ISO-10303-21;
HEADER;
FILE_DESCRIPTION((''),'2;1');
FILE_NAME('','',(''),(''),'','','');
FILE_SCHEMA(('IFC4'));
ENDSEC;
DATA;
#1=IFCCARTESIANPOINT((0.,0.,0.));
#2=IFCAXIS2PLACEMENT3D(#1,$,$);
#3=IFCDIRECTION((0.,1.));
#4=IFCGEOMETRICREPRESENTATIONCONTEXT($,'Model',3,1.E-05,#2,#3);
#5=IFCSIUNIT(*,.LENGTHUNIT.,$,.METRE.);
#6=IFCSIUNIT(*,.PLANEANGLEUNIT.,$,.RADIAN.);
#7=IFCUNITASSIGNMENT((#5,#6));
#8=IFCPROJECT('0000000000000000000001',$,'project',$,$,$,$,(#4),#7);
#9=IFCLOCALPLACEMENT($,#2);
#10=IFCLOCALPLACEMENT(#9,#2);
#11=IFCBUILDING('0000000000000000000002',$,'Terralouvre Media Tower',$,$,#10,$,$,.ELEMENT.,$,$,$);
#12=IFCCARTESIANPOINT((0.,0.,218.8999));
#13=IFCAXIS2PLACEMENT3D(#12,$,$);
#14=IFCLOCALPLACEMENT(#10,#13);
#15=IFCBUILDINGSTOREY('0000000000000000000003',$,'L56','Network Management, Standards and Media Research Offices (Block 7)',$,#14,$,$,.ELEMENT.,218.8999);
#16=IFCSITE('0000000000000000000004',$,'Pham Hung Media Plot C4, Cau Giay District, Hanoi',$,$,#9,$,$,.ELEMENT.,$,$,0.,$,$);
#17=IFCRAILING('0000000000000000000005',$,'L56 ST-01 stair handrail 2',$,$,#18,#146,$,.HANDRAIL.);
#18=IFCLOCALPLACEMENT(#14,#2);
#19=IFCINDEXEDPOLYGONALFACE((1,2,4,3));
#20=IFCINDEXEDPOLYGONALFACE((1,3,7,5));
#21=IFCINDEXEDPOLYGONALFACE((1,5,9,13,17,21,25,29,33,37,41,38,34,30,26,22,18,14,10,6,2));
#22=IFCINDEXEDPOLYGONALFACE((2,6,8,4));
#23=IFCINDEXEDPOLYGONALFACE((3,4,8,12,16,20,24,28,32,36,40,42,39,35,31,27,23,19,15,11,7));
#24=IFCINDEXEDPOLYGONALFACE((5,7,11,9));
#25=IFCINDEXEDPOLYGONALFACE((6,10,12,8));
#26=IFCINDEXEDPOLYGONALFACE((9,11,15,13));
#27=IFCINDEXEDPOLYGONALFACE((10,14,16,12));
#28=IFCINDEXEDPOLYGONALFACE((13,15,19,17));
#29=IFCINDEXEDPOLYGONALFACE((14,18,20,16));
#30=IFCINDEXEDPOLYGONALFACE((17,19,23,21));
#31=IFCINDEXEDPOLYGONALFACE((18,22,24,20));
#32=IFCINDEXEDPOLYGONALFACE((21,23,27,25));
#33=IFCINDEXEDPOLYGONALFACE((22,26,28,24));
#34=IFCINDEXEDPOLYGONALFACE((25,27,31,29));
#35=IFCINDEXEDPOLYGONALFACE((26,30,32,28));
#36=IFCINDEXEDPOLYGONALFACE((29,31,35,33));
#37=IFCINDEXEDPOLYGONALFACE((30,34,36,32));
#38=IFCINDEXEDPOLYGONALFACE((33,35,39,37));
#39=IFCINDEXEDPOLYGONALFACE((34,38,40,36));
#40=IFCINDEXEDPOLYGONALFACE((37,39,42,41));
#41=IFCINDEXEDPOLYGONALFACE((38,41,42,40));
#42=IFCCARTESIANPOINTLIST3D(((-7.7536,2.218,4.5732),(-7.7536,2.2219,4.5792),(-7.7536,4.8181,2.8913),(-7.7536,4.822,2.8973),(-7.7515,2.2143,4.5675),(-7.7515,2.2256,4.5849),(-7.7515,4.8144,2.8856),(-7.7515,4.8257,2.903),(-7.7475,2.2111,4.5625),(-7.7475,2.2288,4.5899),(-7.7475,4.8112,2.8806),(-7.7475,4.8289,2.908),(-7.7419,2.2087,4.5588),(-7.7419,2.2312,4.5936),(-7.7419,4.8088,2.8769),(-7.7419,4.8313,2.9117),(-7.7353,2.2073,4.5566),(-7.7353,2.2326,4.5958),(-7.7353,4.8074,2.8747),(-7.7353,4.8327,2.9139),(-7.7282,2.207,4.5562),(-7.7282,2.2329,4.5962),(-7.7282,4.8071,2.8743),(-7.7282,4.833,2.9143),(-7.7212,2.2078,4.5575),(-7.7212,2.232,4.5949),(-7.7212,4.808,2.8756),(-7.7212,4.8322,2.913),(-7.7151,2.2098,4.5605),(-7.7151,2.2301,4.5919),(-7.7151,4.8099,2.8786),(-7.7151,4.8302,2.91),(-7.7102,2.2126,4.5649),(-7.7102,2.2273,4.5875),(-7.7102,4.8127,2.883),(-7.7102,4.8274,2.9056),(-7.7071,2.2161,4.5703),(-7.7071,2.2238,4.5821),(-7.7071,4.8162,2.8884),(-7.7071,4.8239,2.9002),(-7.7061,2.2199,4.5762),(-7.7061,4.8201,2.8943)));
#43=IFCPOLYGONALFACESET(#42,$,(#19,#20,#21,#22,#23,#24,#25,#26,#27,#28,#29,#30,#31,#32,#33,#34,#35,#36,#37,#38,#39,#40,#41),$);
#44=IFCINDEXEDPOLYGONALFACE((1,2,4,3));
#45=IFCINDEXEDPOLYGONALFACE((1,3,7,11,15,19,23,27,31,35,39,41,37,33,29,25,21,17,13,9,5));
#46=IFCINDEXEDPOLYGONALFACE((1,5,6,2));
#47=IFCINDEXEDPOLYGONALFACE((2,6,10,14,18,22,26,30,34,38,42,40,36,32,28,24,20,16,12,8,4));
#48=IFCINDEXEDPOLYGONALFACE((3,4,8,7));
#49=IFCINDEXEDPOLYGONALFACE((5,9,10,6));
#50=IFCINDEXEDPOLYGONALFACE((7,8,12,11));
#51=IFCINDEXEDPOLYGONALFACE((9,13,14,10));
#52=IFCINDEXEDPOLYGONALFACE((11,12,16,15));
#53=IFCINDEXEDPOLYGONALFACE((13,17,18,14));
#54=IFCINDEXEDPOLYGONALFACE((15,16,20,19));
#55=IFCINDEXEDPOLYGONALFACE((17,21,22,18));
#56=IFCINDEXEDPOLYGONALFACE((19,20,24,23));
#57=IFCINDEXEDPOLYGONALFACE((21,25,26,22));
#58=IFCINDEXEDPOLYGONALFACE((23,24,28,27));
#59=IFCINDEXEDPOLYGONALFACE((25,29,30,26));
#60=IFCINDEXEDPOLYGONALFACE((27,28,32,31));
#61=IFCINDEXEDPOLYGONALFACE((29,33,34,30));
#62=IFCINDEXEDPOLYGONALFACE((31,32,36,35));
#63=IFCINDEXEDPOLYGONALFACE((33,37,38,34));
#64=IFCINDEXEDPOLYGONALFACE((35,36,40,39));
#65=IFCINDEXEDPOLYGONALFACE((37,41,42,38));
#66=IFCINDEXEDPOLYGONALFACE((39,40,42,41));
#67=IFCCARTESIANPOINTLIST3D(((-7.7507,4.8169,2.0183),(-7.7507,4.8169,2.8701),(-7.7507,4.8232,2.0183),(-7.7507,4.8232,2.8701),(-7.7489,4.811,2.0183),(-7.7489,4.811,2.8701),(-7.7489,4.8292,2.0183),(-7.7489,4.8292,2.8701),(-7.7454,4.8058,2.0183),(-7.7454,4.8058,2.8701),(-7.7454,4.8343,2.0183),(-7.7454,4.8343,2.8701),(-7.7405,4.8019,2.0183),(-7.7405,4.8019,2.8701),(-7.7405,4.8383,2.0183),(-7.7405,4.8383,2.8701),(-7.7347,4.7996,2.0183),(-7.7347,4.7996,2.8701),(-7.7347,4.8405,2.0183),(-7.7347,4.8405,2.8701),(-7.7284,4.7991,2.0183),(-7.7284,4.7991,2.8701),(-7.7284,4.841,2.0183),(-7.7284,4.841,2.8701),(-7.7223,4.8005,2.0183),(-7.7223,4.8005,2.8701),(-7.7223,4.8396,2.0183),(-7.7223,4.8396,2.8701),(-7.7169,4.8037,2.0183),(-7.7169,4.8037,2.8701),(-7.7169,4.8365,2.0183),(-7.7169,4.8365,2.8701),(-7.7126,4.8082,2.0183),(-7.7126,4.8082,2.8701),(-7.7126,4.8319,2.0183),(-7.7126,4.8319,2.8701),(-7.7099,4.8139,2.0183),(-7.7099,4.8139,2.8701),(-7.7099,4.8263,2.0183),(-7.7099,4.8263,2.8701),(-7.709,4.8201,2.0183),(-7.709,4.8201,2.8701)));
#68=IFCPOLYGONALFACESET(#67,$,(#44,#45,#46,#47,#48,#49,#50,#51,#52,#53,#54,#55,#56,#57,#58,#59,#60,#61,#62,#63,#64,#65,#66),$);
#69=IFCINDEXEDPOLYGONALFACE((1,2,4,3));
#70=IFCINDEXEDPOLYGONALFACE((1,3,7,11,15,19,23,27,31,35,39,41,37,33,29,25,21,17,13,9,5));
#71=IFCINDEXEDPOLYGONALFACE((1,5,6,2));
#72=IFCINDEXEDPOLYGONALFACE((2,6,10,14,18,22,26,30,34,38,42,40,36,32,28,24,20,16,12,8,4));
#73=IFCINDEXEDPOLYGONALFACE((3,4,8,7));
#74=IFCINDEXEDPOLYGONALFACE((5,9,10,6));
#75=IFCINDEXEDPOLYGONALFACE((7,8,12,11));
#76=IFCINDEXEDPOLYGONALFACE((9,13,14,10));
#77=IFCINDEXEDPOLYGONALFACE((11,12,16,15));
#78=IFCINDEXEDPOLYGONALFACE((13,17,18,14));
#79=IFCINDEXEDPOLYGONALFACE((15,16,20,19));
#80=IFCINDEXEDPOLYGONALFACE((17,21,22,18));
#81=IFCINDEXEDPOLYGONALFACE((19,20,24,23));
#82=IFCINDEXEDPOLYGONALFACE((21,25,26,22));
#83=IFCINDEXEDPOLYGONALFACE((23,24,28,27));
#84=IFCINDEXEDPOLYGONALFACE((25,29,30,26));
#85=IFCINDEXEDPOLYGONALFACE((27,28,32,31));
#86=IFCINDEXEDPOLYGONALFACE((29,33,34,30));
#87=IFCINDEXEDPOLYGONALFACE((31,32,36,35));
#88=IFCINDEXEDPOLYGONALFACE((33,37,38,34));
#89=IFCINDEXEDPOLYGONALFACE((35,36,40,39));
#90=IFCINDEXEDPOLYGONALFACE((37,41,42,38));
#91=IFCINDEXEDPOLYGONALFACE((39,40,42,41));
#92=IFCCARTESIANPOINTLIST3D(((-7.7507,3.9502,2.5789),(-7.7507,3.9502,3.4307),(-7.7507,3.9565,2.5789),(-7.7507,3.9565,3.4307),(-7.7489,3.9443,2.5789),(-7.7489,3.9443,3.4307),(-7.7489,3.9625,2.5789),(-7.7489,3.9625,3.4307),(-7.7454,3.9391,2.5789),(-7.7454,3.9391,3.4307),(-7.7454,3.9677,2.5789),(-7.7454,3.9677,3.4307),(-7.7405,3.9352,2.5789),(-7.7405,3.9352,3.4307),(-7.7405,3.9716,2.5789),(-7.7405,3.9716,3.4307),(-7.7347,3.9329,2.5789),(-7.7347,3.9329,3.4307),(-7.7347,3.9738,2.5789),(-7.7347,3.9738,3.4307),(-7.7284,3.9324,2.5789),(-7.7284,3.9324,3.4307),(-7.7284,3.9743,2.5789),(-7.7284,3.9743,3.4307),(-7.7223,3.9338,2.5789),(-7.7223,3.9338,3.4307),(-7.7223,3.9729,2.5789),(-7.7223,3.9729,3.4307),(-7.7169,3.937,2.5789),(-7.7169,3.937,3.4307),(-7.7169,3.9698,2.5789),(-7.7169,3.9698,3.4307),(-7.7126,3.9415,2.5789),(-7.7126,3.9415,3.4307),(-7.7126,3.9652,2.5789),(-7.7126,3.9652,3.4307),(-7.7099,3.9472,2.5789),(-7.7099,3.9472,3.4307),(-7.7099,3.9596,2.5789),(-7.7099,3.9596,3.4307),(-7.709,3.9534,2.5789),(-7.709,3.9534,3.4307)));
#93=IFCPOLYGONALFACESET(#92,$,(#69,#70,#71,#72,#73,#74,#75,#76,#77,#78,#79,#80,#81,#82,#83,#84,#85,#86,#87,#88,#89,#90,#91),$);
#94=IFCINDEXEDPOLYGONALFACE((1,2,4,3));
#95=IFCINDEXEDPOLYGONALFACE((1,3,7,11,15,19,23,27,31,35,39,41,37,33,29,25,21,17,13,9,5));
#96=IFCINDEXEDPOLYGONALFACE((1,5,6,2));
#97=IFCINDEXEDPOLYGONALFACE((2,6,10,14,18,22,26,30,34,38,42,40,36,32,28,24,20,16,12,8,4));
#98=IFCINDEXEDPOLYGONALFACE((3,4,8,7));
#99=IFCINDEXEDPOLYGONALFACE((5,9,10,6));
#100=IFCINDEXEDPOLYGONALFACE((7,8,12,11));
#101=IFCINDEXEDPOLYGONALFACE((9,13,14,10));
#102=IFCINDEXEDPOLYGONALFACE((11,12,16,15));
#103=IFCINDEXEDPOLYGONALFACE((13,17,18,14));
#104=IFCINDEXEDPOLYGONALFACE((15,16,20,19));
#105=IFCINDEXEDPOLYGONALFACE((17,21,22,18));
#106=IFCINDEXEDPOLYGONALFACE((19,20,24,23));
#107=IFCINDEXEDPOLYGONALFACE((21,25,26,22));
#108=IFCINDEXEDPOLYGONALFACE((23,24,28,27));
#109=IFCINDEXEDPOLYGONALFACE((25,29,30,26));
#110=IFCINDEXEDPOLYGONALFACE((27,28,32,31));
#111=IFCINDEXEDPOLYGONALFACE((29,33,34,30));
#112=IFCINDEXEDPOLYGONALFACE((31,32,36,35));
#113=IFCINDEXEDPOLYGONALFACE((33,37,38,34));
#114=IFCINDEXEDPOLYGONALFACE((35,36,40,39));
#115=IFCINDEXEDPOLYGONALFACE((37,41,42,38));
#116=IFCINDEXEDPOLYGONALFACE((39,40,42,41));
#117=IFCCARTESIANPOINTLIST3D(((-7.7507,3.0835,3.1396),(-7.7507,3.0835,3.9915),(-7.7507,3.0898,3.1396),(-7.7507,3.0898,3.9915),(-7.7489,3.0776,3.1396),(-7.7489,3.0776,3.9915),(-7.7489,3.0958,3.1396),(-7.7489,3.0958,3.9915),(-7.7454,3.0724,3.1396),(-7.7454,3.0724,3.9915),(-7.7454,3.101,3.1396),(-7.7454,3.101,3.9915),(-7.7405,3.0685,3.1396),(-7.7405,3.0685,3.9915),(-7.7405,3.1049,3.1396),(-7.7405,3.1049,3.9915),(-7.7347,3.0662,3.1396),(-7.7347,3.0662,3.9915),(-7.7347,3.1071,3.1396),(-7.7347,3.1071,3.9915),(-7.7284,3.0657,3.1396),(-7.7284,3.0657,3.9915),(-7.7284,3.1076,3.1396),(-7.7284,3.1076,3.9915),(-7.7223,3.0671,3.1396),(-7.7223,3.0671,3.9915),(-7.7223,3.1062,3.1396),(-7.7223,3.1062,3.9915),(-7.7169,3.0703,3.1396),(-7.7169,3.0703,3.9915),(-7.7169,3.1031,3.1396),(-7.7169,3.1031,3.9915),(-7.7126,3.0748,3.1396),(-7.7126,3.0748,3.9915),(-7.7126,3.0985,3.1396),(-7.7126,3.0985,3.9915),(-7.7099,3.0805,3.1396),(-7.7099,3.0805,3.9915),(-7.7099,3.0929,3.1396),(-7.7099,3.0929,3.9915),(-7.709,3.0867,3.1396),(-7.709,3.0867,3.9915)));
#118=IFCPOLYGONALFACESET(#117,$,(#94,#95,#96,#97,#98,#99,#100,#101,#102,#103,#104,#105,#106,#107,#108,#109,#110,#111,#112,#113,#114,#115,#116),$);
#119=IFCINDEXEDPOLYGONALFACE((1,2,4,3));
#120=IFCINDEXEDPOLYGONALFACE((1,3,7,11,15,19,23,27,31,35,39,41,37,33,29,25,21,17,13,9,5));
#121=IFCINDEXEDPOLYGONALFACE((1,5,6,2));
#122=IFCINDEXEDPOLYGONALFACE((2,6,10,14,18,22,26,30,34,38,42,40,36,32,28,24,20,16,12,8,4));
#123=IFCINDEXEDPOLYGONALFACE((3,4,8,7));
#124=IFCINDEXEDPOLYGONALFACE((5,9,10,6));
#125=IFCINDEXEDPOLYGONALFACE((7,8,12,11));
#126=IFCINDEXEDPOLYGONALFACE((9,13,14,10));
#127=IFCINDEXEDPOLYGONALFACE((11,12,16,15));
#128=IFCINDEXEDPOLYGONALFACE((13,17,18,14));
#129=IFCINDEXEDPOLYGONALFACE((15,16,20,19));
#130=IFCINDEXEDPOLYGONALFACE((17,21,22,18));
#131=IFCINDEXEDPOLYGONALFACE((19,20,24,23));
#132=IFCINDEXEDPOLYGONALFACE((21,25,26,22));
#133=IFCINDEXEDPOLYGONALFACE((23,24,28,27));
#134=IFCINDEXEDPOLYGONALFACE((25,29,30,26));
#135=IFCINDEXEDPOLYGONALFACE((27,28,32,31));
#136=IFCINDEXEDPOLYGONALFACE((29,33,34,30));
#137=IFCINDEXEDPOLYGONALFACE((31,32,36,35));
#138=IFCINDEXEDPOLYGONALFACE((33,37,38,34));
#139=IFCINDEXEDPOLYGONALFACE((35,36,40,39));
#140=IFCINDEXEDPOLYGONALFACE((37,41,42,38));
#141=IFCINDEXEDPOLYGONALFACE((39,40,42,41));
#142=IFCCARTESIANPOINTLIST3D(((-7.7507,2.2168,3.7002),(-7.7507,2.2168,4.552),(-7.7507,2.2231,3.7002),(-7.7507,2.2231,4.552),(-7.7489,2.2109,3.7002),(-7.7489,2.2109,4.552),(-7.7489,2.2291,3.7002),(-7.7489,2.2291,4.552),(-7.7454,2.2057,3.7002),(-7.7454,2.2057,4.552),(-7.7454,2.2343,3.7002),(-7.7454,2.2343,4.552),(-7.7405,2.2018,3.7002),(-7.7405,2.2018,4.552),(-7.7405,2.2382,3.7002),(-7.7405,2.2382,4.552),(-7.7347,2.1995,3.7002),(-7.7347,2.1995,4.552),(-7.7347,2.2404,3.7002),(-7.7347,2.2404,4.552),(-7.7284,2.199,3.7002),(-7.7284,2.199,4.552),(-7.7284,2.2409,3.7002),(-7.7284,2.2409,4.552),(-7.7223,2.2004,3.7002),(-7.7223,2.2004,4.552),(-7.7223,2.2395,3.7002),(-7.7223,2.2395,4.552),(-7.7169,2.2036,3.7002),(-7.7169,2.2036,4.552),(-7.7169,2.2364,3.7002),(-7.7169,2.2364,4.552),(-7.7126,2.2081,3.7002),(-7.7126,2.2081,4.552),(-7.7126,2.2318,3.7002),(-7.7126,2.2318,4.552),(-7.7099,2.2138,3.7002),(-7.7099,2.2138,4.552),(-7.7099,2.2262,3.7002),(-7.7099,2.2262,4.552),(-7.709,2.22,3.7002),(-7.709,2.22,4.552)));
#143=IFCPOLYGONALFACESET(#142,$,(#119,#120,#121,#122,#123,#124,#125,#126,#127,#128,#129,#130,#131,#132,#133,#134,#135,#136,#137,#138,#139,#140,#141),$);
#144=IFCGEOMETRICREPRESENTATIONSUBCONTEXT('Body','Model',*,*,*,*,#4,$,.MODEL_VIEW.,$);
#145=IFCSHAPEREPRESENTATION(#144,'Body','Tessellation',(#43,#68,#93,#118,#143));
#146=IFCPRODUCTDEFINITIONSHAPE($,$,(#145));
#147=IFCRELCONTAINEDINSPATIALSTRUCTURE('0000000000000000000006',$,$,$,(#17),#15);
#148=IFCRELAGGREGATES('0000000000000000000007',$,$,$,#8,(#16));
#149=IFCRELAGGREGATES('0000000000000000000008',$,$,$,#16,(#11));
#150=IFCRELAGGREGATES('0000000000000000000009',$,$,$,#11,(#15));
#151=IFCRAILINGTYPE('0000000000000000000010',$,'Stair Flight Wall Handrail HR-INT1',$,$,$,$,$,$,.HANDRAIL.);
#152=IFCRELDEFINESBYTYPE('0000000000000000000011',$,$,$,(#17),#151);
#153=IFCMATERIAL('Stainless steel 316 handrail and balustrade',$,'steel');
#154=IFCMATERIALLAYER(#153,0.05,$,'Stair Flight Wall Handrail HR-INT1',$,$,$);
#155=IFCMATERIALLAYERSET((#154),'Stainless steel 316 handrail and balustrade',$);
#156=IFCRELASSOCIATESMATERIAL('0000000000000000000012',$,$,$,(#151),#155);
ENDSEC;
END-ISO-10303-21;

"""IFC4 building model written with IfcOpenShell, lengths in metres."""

from ifc_helpers import new_model, si_unit, direction, frame, origin, origin_2d, place, context, subcontext, project, spatial, circle, extrude, material, layer, layer_set, type_object, element, save


model = new_model("IFC4")

# Units and contexts
model_context = context("Model", 3, precision=1e-05, world=origin(), true_north=direction((0.0, 1.0)))
body_context = subcontext(model_context, "Body", "Model", "MODEL_VIEW")
ifc_project = project(units=[si_unit("LENGTHUNIT", "METRE"), si_unit("PLANEANGLEUNIT", "RADIAN")], contexts=[model_context])

# Site, building, storey
site_placement = place(None, origin())
site = spatial("IfcSite", under=ifc_project, at=site_placement, Name="Pham Hung Media Plot C4, Cau Giay District, Hanoi", CompositionType="ELEMENT", RefElevation=0.0)
building_placement = place(site_placement, origin())
building = spatial("IfcBuilding", under=site, at=building_placement, Name="Terralouvre Media Tower", CompositionType="ELEMENT")
storey_placement = place(building_placement, frame((0.0, 0.0, 218.8999)))
storey = spatial("IfcBuildingStorey", under=building, at=storey_placement, Name="L56", Description="Network Management, Standards and Media Research Offices (Block 7)", CompositionType="ELEMENT", Elevation=218.8999)

# Railing
ifc_material_1 = material(Name="Stainless steel 316 handrail and balustrade", Category="steel")
ifc_layer_1 = layer(ifc_material_1, 0.05, Name="Stair Flight Wall Handrail HR-INT1")
ifc_layer_set_1 = layer_set([ifc_layer_1], Name="Stainless steel 316 handrail and balustrade")
railing_type_1 = type_object("IfcRailingType", Name="Stair Flight Wall Handrail HR-INT1", PredefinedType="HANDRAIL", material=ifc_layer_set_1)
railing_1_placement = place(storey_placement, frame((-7.73, 4.8201, 2.0183)))
element("IfcRailing", 1, at=railing_1_placement, inside=storey, type_object=railing_type_1, Name="L56 ST-01 stair handrail 2", PredefinedType="HANDRAIL", context=body_context, shape_type="SweptSolid", body=[
    extrude(circle(Radius=0.0239, at=origin_2d()), frame((0.0, 0.0, 0.876), z_axis=(0.0, -0.839648, 0.54313), x_axis=(1.0, 0.0, 0.0)), (0.0, 0.0, 1.0), 3.0967),
    extrude(circle(Radius=0.021, at=origin_2d()), origin(), (0.0, 0.0, 1.0), 0.8518),
    extrude(circle(Radius=0.021, at=origin_2d()), frame((0.0, -0.8667, 0.5605)), (0.0, 0.0, 1.0), 0.8518),
    extrude(circle(Radius=0.021, at=origin_2d()), frame((0.0, -1.7334, 1.1213)), (0.0, 0.0, 1.0), 0.8518),
    extrude(circle(Radius=0.021, at=origin_2d()), frame((0.0, -2.6001, 1.6819)), (0.0, 0.0, 1.0), 0.8518),
])

save(model, "model.ifc")
